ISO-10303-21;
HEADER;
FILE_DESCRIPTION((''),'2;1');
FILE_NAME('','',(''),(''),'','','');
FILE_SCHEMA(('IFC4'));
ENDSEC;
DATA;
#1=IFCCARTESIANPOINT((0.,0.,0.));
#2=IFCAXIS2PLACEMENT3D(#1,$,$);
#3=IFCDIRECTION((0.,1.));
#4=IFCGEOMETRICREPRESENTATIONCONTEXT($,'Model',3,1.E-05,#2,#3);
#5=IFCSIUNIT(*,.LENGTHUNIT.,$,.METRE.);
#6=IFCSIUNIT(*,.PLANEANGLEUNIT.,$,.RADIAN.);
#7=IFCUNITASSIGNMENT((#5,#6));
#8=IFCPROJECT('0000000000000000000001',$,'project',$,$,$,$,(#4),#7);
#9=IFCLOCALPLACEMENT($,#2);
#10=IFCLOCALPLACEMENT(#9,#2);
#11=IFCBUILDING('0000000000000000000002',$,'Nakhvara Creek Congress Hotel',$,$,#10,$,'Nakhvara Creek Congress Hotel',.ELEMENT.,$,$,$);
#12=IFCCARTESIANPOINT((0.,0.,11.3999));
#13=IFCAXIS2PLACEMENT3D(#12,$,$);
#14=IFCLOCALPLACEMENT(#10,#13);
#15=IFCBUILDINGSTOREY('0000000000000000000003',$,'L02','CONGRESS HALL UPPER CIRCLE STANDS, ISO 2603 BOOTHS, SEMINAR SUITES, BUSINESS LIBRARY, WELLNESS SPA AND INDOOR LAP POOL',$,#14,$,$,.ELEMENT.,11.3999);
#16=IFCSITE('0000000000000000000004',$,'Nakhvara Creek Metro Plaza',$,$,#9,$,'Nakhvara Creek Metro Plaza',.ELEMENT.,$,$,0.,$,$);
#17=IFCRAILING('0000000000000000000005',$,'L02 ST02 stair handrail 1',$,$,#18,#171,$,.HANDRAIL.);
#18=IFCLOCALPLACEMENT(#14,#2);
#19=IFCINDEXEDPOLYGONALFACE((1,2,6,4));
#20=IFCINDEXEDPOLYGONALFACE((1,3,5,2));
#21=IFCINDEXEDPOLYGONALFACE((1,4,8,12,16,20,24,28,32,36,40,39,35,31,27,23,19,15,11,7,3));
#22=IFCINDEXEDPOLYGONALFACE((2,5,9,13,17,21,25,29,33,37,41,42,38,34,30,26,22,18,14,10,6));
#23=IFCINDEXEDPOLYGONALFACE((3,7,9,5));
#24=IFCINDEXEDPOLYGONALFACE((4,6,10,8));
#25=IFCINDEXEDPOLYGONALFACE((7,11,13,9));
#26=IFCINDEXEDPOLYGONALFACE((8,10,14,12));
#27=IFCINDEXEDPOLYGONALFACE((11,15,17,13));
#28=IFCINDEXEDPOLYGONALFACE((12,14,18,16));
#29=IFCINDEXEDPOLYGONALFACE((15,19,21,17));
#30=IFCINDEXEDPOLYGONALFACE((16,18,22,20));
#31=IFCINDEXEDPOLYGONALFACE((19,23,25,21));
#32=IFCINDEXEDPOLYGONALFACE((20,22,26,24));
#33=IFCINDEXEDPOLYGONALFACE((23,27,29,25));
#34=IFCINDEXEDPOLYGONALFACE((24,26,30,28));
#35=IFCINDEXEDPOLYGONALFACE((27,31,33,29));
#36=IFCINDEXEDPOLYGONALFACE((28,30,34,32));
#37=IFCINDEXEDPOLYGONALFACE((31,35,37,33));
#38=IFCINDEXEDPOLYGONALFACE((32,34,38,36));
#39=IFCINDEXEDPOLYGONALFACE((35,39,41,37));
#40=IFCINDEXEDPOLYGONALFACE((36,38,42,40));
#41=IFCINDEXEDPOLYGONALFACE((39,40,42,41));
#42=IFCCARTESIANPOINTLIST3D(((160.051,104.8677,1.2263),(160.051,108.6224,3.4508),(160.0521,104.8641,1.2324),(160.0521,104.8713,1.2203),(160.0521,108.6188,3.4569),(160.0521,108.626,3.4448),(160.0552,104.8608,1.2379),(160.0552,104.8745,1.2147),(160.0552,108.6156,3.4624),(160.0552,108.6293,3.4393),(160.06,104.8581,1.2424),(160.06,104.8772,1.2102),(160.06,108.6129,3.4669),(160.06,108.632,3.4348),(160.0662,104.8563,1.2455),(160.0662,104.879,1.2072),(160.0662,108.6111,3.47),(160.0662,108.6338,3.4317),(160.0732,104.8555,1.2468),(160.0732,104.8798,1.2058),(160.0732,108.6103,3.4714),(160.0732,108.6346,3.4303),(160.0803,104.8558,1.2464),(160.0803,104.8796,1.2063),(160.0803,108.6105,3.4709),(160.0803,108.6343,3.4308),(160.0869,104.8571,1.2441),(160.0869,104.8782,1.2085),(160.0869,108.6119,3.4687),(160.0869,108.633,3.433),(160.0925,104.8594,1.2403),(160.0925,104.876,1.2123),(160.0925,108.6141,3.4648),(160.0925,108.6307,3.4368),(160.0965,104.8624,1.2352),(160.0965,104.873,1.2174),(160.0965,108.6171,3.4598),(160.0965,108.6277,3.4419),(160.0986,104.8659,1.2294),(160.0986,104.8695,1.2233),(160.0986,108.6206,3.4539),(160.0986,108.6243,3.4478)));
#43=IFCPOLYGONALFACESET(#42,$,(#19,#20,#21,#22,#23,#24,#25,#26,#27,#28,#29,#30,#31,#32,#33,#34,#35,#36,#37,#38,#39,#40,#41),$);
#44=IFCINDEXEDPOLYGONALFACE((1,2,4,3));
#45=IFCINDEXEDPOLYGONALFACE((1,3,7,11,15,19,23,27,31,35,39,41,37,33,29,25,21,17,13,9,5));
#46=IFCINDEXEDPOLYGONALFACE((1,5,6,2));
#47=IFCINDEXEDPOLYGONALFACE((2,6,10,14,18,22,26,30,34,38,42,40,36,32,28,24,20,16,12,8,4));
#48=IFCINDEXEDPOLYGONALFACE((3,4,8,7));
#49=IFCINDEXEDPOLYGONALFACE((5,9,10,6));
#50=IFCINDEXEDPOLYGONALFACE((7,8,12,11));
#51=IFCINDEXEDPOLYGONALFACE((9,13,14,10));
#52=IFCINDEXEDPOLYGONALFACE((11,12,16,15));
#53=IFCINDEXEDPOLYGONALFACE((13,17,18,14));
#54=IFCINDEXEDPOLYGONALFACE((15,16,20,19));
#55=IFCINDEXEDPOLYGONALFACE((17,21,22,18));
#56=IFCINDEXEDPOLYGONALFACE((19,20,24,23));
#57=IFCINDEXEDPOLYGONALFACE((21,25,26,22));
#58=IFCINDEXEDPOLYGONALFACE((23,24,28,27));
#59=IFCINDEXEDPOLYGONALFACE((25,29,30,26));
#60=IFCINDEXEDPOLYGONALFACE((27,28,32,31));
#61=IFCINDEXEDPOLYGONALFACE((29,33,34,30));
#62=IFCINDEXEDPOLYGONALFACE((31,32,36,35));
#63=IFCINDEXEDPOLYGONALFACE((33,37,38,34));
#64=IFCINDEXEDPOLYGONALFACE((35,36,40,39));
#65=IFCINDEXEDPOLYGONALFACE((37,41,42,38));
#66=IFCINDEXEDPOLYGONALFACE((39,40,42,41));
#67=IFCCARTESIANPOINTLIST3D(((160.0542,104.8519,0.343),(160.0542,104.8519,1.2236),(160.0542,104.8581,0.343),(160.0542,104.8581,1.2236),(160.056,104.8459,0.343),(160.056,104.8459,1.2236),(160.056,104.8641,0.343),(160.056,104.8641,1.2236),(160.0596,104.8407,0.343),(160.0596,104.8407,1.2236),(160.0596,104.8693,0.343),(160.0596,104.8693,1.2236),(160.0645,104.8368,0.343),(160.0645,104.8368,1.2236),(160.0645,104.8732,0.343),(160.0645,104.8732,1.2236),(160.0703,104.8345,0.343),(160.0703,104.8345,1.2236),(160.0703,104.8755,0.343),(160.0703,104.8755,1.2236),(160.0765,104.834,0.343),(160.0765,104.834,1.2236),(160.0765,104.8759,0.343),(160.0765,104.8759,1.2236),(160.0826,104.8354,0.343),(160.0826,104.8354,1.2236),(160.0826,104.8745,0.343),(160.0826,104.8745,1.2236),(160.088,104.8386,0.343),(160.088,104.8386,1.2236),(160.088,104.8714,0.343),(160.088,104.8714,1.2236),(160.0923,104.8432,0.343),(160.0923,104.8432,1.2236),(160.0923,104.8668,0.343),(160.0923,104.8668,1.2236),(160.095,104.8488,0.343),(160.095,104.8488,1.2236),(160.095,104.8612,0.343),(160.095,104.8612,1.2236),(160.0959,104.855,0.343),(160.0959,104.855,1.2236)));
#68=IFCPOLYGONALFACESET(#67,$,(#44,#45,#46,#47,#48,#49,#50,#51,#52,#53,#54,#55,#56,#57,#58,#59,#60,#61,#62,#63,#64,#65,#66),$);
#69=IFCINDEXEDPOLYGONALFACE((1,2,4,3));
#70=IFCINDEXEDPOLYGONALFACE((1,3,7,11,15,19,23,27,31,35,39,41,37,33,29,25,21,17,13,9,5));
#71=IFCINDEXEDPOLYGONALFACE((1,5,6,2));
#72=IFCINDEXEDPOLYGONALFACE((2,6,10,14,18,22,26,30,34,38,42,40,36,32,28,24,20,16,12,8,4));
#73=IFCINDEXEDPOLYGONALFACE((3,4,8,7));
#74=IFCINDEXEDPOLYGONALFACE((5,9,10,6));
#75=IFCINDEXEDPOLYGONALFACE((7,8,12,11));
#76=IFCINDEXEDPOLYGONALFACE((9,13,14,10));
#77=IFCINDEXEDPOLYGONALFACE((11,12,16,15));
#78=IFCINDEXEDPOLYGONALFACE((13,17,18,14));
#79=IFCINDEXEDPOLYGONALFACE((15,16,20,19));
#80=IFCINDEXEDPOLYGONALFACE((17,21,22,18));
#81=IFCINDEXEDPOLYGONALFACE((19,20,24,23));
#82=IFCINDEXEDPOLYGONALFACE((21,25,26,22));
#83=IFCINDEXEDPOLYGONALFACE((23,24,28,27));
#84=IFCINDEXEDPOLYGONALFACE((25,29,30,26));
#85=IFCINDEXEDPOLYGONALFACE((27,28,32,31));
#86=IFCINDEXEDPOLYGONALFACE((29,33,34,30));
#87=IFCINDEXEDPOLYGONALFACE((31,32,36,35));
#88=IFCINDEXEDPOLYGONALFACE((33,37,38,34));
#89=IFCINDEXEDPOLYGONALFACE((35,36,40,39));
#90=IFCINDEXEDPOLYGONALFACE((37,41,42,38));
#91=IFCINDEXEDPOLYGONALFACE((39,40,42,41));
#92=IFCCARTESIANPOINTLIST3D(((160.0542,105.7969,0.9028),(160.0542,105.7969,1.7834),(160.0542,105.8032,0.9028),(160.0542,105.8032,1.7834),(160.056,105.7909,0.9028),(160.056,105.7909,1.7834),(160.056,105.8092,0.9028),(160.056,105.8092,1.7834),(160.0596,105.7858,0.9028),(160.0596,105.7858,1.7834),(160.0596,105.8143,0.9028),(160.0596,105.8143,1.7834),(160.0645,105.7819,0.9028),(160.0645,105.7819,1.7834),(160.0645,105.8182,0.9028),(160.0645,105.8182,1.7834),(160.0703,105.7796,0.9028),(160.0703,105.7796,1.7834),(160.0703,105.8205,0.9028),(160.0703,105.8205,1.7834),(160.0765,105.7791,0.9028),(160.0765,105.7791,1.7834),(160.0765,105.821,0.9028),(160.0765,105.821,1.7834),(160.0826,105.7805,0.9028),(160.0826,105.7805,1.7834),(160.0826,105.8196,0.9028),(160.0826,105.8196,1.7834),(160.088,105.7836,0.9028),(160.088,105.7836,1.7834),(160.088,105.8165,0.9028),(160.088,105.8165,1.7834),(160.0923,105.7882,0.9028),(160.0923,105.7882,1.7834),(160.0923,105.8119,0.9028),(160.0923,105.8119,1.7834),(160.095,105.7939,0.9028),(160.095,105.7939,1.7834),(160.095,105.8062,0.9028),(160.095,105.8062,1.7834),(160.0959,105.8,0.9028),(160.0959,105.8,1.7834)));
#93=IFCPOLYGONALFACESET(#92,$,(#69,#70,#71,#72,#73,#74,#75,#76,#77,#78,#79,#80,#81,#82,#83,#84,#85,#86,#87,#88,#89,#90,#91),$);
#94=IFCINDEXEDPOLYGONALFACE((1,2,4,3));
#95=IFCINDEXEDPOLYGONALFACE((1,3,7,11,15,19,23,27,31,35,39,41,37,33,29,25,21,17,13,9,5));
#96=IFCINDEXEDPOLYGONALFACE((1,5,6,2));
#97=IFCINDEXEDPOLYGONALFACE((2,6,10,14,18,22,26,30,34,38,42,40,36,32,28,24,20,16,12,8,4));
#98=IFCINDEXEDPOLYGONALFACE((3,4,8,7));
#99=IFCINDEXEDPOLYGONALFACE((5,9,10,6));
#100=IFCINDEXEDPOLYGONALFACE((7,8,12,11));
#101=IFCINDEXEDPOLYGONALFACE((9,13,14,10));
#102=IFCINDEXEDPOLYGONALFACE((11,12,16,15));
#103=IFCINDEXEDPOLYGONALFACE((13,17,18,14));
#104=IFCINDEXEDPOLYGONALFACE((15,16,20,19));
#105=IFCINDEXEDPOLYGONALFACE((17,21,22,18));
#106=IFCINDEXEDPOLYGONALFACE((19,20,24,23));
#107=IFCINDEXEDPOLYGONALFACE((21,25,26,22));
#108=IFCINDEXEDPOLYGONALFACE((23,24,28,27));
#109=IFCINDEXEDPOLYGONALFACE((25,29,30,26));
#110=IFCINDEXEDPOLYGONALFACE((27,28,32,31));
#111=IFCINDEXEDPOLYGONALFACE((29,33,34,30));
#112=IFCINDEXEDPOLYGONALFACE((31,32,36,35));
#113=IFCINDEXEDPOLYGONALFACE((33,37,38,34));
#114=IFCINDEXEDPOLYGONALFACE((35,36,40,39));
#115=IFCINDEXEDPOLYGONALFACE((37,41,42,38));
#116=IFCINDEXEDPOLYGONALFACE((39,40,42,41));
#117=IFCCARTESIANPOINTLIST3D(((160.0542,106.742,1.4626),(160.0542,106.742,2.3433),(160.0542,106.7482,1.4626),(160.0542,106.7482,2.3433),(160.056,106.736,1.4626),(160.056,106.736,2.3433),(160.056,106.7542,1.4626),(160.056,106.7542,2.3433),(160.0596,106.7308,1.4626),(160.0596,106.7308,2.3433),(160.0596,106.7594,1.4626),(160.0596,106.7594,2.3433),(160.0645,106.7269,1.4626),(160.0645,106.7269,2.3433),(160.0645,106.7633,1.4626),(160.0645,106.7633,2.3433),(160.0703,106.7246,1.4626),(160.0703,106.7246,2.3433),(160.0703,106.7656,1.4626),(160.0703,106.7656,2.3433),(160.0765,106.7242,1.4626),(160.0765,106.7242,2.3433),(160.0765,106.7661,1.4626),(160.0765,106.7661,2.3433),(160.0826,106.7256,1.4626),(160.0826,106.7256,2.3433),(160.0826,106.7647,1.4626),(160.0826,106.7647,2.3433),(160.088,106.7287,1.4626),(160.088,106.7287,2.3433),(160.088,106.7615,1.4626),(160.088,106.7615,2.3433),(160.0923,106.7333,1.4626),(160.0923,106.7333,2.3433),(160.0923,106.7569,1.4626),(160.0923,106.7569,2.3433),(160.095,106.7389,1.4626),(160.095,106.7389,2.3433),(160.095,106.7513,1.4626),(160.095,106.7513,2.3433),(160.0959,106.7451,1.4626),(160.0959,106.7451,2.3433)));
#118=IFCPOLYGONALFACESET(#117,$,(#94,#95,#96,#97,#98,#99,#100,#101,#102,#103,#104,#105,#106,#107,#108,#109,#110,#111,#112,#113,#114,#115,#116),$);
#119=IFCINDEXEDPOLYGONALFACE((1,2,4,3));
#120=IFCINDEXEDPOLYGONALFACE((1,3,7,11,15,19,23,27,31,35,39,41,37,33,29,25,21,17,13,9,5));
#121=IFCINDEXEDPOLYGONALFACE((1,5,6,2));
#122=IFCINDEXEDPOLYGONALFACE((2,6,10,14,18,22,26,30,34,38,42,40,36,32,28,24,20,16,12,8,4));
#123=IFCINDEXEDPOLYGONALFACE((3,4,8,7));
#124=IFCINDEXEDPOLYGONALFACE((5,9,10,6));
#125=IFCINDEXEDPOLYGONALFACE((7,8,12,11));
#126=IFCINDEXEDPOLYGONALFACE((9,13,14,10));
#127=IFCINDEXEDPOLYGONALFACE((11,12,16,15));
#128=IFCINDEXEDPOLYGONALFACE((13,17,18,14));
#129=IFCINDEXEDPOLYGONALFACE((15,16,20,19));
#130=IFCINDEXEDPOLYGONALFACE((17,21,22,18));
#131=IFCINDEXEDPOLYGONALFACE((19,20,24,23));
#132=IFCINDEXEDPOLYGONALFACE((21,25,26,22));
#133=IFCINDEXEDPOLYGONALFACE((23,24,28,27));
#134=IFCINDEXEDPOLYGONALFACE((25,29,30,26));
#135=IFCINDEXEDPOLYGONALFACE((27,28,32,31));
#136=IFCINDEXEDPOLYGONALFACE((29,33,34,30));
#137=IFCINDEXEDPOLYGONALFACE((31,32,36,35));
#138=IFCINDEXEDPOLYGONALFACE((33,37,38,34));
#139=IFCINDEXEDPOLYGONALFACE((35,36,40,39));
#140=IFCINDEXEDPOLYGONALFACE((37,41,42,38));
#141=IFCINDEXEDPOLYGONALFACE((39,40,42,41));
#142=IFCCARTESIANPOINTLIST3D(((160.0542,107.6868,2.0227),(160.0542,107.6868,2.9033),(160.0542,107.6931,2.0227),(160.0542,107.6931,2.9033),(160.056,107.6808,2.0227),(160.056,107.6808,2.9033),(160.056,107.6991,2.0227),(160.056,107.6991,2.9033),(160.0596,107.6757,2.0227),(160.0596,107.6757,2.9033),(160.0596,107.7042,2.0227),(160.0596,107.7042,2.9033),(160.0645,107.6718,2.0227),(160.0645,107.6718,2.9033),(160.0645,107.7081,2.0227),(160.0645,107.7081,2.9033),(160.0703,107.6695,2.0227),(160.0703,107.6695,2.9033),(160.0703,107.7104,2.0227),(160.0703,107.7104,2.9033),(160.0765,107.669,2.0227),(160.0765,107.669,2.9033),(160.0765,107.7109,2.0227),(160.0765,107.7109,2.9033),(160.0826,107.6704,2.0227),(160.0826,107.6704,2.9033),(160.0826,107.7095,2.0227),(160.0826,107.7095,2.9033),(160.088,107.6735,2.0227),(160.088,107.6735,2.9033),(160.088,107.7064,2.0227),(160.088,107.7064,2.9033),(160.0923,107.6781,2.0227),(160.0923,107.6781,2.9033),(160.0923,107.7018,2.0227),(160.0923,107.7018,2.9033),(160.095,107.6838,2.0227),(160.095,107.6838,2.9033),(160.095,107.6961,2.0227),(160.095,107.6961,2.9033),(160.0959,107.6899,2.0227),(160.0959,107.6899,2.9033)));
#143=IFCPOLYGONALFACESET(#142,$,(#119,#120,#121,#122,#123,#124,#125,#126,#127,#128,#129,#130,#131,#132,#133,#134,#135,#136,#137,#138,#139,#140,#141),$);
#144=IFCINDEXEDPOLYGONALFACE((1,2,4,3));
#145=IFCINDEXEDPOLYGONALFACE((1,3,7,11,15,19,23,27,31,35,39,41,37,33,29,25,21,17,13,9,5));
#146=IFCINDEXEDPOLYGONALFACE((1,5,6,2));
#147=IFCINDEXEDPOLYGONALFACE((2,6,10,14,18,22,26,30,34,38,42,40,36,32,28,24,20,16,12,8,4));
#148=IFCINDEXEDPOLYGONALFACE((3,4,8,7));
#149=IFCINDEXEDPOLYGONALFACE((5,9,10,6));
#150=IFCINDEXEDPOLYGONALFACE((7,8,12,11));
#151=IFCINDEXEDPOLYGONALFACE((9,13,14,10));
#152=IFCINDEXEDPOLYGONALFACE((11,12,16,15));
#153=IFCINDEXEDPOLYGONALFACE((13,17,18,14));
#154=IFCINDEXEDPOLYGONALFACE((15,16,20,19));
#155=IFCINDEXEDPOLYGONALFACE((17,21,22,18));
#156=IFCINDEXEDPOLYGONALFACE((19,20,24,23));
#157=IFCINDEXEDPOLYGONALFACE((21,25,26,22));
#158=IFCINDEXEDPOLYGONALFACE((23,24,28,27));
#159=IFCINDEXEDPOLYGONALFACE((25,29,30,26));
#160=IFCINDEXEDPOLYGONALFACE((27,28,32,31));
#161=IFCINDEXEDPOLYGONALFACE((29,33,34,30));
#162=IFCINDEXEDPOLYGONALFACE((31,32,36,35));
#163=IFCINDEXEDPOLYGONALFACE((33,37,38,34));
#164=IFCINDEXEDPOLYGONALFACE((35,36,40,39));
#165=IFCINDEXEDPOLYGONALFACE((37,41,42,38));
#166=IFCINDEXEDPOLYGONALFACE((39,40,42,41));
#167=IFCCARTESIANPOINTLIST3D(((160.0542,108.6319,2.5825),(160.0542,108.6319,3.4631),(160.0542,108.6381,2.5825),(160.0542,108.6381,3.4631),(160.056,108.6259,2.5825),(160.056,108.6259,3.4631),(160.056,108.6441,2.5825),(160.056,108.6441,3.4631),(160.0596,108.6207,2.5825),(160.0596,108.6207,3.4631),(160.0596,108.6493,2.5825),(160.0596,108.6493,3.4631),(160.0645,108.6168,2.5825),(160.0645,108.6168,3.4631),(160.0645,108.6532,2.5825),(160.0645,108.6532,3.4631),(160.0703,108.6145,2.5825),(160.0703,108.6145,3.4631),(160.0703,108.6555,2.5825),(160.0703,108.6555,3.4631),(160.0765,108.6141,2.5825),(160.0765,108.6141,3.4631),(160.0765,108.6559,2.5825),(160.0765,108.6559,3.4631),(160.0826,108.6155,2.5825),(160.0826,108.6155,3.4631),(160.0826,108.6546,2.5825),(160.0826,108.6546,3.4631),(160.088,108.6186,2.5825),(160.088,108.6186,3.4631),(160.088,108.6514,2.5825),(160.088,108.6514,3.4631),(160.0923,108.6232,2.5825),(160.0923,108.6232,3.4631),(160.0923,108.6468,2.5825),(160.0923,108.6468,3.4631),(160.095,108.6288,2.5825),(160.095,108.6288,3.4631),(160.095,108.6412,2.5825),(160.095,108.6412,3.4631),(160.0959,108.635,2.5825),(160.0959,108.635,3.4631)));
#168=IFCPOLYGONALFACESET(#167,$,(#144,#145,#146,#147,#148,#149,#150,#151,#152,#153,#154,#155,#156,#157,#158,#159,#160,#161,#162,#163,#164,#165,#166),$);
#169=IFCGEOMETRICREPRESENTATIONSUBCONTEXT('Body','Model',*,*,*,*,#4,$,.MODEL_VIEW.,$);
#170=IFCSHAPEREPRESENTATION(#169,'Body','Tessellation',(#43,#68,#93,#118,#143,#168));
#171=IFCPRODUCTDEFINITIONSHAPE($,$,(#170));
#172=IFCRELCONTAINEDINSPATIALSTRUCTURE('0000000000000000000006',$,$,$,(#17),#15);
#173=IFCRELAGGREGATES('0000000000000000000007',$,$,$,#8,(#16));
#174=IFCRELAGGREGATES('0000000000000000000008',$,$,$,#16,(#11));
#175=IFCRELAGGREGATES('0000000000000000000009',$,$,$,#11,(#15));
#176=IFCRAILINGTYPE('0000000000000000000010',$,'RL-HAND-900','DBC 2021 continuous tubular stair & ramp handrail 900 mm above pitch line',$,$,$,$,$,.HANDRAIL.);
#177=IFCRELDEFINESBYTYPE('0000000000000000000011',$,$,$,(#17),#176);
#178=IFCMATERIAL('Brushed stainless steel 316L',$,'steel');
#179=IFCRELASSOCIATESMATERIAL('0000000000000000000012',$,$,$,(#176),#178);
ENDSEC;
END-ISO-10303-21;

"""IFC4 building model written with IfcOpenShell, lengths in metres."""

from ifc_helpers import new_model, si_unit, direction, frame, origin, origin_2d, place, context, subcontext, project, spatial, circle, extrude, material, type_object, element, save


model = new_model("IFC4")

# Units and contexts
model_context = context("Model", 3, precision=1e-05, world=origin(), true_north=direction((0.0, 1.0)))
body_context = subcontext(model_context, "Body", "Model", "MODEL_VIEW")
ifc_project = project(units=[si_unit("LENGTHUNIT", "METRE"), si_unit("PLANEANGLEUNIT", "RADIAN")], contexts=[model_context])

# Site, building, storey
site_placement = place(None, origin())
site = spatial("IfcSite", under=ifc_project, at=site_placement, Name="Nakhvara Creek Metro Plaza", LongName="Nakhvara Creek Metro Plaza", CompositionType="ELEMENT", RefElevation=0.0)
building_placement = place(site_placement, origin())
building = spatial("IfcBuilding", under=site, at=building_placement, Name="Nakhvara Creek Congress Hotel", LongName="Nakhvara Creek Congress Hotel", CompositionType="ELEMENT")
storey_placement = place(building_placement, frame((0.0, 0.0, 11.3999)))
storey = spatial("IfcBuildingStorey", under=building, at=storey_placement, Name="L02", Description="CONGRESS HALL UPPER CIRCLE STANDS, ISO 2603 BOOTHS, SEMINAR SUITES, BUSINESS LIBRARY, WELLNESS SPA AND INDOOR LAP POOL", CompositionType="ELEMENT", Elevation=11.3999)

# Railing
ifc_material_1 = material(Name="Brushed stainless steel 316L", Category="steel")
railing_type_1 = type_object("IfcRailingType", Name="RL-HAND-900", Description="DBC 2021 continuous tubular stair & ramp handrail 900 mm above pitch line", PredefinedType="HANDRAIL", material=ifc_material_1)
railing_1_placement = place(storey_placement, frame((160.075, 104.855, 0.343)))
element("IfcRailing", 1, at=railing_1_placement, inside=storey, type_object=railing_type_1, Name="L02 ST02 stair handrail 1", PredefinedType="HANDRAIL", context=body_context, shape_type="SweptSolid", body=[
    extrude(circle(Radius=0.0239, at=origin_2d()), frame((0.0, 0.0127, 0.8833), z_axis=(0.0, 0.860343, 0.509716), x_axis=(-1.0, 0.0, 0.0)), (0.0, 0.0, 1.0), 4.3643),
    extrude(circle(Radius=0.021, at=origin_2d()), origin(), (0.0, 0.0, 1.0), 0.8806),
    extrude(circle(Radius=0.021, at=origin_2d()), frame((0.0, 0.9451, 0.5598)), (0.0, 0.0, 1.0), 0.8806),
    extrude(circle(Radius=0.021, at=origin_2d()), frame((0.0, 1.8901, 1.1196)), (0.0, 0.0, 1.0), 0.8806),
    extrude(circle(Radius=0.021, at=origin_2d()), frame((0.0, 2.835, 1.6797)), (0.0, 0.0, 1.0), 0.8806),
    extrude(circle(Radius=0.021, at=origin_2d()), frame((0.0, 3.78, 2.2395)), (0.0, 0.0, 1.0), 0.8806),
])

save(model, "model.ifc")
